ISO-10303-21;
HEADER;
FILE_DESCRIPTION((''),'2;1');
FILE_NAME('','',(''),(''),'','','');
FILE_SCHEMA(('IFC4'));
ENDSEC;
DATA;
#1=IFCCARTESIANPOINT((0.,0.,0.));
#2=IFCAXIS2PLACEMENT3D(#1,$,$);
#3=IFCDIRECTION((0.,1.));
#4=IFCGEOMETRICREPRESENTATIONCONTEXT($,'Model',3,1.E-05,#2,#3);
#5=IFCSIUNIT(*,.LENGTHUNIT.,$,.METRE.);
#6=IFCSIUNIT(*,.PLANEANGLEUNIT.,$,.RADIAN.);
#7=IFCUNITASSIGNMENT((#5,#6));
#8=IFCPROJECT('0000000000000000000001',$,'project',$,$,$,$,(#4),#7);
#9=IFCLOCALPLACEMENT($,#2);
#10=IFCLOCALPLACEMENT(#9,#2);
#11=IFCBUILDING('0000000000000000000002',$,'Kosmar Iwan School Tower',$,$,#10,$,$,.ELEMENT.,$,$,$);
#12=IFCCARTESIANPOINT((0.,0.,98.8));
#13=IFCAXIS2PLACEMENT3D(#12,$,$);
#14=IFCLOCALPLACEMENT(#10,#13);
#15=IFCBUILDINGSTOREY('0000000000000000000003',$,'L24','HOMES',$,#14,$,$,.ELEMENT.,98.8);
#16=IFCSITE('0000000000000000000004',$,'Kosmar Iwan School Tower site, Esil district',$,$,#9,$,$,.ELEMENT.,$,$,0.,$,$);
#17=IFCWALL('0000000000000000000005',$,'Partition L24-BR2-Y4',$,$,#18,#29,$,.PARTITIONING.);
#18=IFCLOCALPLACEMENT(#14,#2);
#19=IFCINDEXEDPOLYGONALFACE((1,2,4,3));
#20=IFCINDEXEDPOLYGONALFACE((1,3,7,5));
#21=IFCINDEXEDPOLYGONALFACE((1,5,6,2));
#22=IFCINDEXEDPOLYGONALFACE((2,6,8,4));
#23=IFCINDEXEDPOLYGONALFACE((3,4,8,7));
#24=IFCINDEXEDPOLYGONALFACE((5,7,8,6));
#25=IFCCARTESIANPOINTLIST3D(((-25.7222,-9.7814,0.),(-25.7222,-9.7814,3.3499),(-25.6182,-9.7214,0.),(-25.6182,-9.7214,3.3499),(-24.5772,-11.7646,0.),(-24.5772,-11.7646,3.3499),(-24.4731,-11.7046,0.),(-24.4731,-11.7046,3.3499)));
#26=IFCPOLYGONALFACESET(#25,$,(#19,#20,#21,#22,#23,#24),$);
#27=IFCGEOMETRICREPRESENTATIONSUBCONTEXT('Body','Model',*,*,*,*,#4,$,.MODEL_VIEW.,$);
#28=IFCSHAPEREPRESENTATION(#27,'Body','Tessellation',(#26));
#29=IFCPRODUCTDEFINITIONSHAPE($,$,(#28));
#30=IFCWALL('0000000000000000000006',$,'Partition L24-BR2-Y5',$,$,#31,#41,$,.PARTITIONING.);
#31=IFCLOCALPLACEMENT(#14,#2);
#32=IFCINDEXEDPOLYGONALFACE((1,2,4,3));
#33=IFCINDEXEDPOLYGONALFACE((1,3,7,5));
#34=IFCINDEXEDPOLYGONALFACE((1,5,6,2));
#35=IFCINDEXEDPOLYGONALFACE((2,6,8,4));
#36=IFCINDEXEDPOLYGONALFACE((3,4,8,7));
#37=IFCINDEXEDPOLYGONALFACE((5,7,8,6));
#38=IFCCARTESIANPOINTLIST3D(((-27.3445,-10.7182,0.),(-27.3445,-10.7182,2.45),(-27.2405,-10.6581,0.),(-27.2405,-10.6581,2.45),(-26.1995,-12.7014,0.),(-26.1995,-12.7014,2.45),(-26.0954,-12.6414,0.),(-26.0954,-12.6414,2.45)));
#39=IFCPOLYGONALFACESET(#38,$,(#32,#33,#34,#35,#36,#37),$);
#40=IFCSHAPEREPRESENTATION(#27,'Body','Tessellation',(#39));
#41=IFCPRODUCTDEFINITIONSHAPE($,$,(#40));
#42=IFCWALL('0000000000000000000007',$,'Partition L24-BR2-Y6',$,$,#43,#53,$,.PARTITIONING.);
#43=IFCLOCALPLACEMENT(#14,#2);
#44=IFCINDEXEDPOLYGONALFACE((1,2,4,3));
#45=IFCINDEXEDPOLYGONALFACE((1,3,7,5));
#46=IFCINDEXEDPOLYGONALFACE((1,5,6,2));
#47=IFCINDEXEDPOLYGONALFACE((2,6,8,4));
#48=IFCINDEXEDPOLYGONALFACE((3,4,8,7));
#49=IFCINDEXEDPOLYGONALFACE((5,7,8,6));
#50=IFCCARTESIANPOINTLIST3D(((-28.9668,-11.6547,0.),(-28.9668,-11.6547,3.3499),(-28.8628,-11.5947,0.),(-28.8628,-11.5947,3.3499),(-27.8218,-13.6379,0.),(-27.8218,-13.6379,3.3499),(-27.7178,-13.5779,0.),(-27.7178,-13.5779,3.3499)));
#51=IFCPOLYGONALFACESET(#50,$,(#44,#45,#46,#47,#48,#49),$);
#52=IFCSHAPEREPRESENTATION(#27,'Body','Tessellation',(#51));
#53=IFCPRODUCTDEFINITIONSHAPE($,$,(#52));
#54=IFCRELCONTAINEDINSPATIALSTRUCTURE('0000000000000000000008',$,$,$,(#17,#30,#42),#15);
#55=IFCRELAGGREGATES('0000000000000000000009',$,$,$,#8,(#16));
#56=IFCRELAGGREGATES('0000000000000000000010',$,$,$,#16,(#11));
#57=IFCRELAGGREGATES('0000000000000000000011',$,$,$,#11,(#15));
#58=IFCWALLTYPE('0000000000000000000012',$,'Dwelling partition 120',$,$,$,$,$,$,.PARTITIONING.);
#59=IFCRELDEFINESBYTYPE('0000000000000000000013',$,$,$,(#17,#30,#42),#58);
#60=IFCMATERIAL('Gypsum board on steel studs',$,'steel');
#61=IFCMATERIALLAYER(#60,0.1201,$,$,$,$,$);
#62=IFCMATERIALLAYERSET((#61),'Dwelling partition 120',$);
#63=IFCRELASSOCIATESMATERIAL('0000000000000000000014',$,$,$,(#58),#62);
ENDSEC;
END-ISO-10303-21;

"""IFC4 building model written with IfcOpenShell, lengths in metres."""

from ifc_helpers import new_model, si_unit, direction, frame, frame_2d, origin, place, context, subcontext, project, spatial, rectangle, extrude, material, layer, layer_set, type_object, element, save


model = new_model("IFC4")

# Units and contexts
model_context = context("Model", 3, precision=1e-05, world=origin(), true_north=direction((0.0, 1.0)))
body_context = subcontext(model_context, "Body", "Model", "MODEL_VIEW")
ifc_project = project(units=[si_unit("LENGTHUNIT", "METRE"), si_unit("PLANEANGLEUNIT", "RADIAN")], contexts=[model_context])

# Site, building, storey
site_placement = place(None, origin())
site = spatial("IfcSite", under=ifc_project, at=site_placement, Name="Kosmar Iwan School Tower site, Esil district", CompositionType="ELEMENT", RefElevation=0.0)
building_placement = place(site_placement, origin())
building = spatial("IfcBuilding", under=site, at=building_placement, Name="Kosmar Iwan School Tower", CompositionType="ELEMENT")
storey_placement = place(building_placement, frame((0.0, 0.0, 98.8)))
storey = spatial("IfcBuildingStorey", under=building, at=storey_placement, Name="L24", Description="HOMES", CompositionType="ELEMENT", Elevation=98.8)

# Walls
ifc_material_1 = material(Name="Gypsum board on steel studs", Category="steel")
ifc_layer_1 = layer(ifc_material_1, 0.1201)
ifc_layer_set_1 = layer_set([ifc_layer_1], Name="Dwelling partition 120")
wall_type_1 = type_object("IfcWallType", Name="Dwelling partition 120", PredefinedType="PARTITIONING", material=ifc_layer_set_1)
wall_1_placement = place(storey_placement, frame((-24.5251, -11.7346, 0.0), z_axis=(0.0, 0.0, 1.0), x_axis=(-0.500015, 0.866017, 0.0)))
element("IfcWall", 1, at=wall_1_placement, inside=storey, type_object=wall_type_1, Name="Partition L24-BR2-Y4", PredefinedType="PARTITIONING", context=body_context, shape_type="SweptSolid", body=[
    extrude(rectangle(XDim=2.29, YDim=0.1201, at=frame_2d((1.145, 0.0))), origin(), (0.0, 0.0, 1.0), 3.3499),
])
wall_2_placement = place(storey_placement, frame((-26.1475, -12.6714, 0.0), z_axis=(0.0, 0.0, 1.0), x_axis=(-0.500015, 0.866017, 0.0)))
element("IfcWall", 2, at=wall_2_placement, inside=storey, type_object=wall_type_1, Name="Partition L24-BR2-Y5", PredefinedType="PARTITIONING", context=body_context, shape_type="SweptSolid", body=[
    extrude(rectangle(XDim=2.29, YDim=0.1201, at=frame_2d((1.145, 0.0))), origin(), (0.0, 0.0, 1.0), 2.45),
])
wall_3_placement = place(storey_placement, frame((-27.7698, -13.6079, 0.0), z_axis=(0.0, 0.0, 1.0), x_axis=(-0.500015, 0.866017, 0.0)))
element("IfcWall", 3, at=wall_3_placement, inside=storey, type_object=wall_type_1, Name="Partition L24-BR2-Y6", PredefinedType="PARTITIONING", context=body_context, shape_type="SweptSolid", body=[
    extrude(rectangle(XDim=2.29, YDim=0.1201, at=frame_2d((1.145, 0.0))), origin(), (0.0, 0.0, 1.0), 3.3499),
])

save(model, "model.ifc")
